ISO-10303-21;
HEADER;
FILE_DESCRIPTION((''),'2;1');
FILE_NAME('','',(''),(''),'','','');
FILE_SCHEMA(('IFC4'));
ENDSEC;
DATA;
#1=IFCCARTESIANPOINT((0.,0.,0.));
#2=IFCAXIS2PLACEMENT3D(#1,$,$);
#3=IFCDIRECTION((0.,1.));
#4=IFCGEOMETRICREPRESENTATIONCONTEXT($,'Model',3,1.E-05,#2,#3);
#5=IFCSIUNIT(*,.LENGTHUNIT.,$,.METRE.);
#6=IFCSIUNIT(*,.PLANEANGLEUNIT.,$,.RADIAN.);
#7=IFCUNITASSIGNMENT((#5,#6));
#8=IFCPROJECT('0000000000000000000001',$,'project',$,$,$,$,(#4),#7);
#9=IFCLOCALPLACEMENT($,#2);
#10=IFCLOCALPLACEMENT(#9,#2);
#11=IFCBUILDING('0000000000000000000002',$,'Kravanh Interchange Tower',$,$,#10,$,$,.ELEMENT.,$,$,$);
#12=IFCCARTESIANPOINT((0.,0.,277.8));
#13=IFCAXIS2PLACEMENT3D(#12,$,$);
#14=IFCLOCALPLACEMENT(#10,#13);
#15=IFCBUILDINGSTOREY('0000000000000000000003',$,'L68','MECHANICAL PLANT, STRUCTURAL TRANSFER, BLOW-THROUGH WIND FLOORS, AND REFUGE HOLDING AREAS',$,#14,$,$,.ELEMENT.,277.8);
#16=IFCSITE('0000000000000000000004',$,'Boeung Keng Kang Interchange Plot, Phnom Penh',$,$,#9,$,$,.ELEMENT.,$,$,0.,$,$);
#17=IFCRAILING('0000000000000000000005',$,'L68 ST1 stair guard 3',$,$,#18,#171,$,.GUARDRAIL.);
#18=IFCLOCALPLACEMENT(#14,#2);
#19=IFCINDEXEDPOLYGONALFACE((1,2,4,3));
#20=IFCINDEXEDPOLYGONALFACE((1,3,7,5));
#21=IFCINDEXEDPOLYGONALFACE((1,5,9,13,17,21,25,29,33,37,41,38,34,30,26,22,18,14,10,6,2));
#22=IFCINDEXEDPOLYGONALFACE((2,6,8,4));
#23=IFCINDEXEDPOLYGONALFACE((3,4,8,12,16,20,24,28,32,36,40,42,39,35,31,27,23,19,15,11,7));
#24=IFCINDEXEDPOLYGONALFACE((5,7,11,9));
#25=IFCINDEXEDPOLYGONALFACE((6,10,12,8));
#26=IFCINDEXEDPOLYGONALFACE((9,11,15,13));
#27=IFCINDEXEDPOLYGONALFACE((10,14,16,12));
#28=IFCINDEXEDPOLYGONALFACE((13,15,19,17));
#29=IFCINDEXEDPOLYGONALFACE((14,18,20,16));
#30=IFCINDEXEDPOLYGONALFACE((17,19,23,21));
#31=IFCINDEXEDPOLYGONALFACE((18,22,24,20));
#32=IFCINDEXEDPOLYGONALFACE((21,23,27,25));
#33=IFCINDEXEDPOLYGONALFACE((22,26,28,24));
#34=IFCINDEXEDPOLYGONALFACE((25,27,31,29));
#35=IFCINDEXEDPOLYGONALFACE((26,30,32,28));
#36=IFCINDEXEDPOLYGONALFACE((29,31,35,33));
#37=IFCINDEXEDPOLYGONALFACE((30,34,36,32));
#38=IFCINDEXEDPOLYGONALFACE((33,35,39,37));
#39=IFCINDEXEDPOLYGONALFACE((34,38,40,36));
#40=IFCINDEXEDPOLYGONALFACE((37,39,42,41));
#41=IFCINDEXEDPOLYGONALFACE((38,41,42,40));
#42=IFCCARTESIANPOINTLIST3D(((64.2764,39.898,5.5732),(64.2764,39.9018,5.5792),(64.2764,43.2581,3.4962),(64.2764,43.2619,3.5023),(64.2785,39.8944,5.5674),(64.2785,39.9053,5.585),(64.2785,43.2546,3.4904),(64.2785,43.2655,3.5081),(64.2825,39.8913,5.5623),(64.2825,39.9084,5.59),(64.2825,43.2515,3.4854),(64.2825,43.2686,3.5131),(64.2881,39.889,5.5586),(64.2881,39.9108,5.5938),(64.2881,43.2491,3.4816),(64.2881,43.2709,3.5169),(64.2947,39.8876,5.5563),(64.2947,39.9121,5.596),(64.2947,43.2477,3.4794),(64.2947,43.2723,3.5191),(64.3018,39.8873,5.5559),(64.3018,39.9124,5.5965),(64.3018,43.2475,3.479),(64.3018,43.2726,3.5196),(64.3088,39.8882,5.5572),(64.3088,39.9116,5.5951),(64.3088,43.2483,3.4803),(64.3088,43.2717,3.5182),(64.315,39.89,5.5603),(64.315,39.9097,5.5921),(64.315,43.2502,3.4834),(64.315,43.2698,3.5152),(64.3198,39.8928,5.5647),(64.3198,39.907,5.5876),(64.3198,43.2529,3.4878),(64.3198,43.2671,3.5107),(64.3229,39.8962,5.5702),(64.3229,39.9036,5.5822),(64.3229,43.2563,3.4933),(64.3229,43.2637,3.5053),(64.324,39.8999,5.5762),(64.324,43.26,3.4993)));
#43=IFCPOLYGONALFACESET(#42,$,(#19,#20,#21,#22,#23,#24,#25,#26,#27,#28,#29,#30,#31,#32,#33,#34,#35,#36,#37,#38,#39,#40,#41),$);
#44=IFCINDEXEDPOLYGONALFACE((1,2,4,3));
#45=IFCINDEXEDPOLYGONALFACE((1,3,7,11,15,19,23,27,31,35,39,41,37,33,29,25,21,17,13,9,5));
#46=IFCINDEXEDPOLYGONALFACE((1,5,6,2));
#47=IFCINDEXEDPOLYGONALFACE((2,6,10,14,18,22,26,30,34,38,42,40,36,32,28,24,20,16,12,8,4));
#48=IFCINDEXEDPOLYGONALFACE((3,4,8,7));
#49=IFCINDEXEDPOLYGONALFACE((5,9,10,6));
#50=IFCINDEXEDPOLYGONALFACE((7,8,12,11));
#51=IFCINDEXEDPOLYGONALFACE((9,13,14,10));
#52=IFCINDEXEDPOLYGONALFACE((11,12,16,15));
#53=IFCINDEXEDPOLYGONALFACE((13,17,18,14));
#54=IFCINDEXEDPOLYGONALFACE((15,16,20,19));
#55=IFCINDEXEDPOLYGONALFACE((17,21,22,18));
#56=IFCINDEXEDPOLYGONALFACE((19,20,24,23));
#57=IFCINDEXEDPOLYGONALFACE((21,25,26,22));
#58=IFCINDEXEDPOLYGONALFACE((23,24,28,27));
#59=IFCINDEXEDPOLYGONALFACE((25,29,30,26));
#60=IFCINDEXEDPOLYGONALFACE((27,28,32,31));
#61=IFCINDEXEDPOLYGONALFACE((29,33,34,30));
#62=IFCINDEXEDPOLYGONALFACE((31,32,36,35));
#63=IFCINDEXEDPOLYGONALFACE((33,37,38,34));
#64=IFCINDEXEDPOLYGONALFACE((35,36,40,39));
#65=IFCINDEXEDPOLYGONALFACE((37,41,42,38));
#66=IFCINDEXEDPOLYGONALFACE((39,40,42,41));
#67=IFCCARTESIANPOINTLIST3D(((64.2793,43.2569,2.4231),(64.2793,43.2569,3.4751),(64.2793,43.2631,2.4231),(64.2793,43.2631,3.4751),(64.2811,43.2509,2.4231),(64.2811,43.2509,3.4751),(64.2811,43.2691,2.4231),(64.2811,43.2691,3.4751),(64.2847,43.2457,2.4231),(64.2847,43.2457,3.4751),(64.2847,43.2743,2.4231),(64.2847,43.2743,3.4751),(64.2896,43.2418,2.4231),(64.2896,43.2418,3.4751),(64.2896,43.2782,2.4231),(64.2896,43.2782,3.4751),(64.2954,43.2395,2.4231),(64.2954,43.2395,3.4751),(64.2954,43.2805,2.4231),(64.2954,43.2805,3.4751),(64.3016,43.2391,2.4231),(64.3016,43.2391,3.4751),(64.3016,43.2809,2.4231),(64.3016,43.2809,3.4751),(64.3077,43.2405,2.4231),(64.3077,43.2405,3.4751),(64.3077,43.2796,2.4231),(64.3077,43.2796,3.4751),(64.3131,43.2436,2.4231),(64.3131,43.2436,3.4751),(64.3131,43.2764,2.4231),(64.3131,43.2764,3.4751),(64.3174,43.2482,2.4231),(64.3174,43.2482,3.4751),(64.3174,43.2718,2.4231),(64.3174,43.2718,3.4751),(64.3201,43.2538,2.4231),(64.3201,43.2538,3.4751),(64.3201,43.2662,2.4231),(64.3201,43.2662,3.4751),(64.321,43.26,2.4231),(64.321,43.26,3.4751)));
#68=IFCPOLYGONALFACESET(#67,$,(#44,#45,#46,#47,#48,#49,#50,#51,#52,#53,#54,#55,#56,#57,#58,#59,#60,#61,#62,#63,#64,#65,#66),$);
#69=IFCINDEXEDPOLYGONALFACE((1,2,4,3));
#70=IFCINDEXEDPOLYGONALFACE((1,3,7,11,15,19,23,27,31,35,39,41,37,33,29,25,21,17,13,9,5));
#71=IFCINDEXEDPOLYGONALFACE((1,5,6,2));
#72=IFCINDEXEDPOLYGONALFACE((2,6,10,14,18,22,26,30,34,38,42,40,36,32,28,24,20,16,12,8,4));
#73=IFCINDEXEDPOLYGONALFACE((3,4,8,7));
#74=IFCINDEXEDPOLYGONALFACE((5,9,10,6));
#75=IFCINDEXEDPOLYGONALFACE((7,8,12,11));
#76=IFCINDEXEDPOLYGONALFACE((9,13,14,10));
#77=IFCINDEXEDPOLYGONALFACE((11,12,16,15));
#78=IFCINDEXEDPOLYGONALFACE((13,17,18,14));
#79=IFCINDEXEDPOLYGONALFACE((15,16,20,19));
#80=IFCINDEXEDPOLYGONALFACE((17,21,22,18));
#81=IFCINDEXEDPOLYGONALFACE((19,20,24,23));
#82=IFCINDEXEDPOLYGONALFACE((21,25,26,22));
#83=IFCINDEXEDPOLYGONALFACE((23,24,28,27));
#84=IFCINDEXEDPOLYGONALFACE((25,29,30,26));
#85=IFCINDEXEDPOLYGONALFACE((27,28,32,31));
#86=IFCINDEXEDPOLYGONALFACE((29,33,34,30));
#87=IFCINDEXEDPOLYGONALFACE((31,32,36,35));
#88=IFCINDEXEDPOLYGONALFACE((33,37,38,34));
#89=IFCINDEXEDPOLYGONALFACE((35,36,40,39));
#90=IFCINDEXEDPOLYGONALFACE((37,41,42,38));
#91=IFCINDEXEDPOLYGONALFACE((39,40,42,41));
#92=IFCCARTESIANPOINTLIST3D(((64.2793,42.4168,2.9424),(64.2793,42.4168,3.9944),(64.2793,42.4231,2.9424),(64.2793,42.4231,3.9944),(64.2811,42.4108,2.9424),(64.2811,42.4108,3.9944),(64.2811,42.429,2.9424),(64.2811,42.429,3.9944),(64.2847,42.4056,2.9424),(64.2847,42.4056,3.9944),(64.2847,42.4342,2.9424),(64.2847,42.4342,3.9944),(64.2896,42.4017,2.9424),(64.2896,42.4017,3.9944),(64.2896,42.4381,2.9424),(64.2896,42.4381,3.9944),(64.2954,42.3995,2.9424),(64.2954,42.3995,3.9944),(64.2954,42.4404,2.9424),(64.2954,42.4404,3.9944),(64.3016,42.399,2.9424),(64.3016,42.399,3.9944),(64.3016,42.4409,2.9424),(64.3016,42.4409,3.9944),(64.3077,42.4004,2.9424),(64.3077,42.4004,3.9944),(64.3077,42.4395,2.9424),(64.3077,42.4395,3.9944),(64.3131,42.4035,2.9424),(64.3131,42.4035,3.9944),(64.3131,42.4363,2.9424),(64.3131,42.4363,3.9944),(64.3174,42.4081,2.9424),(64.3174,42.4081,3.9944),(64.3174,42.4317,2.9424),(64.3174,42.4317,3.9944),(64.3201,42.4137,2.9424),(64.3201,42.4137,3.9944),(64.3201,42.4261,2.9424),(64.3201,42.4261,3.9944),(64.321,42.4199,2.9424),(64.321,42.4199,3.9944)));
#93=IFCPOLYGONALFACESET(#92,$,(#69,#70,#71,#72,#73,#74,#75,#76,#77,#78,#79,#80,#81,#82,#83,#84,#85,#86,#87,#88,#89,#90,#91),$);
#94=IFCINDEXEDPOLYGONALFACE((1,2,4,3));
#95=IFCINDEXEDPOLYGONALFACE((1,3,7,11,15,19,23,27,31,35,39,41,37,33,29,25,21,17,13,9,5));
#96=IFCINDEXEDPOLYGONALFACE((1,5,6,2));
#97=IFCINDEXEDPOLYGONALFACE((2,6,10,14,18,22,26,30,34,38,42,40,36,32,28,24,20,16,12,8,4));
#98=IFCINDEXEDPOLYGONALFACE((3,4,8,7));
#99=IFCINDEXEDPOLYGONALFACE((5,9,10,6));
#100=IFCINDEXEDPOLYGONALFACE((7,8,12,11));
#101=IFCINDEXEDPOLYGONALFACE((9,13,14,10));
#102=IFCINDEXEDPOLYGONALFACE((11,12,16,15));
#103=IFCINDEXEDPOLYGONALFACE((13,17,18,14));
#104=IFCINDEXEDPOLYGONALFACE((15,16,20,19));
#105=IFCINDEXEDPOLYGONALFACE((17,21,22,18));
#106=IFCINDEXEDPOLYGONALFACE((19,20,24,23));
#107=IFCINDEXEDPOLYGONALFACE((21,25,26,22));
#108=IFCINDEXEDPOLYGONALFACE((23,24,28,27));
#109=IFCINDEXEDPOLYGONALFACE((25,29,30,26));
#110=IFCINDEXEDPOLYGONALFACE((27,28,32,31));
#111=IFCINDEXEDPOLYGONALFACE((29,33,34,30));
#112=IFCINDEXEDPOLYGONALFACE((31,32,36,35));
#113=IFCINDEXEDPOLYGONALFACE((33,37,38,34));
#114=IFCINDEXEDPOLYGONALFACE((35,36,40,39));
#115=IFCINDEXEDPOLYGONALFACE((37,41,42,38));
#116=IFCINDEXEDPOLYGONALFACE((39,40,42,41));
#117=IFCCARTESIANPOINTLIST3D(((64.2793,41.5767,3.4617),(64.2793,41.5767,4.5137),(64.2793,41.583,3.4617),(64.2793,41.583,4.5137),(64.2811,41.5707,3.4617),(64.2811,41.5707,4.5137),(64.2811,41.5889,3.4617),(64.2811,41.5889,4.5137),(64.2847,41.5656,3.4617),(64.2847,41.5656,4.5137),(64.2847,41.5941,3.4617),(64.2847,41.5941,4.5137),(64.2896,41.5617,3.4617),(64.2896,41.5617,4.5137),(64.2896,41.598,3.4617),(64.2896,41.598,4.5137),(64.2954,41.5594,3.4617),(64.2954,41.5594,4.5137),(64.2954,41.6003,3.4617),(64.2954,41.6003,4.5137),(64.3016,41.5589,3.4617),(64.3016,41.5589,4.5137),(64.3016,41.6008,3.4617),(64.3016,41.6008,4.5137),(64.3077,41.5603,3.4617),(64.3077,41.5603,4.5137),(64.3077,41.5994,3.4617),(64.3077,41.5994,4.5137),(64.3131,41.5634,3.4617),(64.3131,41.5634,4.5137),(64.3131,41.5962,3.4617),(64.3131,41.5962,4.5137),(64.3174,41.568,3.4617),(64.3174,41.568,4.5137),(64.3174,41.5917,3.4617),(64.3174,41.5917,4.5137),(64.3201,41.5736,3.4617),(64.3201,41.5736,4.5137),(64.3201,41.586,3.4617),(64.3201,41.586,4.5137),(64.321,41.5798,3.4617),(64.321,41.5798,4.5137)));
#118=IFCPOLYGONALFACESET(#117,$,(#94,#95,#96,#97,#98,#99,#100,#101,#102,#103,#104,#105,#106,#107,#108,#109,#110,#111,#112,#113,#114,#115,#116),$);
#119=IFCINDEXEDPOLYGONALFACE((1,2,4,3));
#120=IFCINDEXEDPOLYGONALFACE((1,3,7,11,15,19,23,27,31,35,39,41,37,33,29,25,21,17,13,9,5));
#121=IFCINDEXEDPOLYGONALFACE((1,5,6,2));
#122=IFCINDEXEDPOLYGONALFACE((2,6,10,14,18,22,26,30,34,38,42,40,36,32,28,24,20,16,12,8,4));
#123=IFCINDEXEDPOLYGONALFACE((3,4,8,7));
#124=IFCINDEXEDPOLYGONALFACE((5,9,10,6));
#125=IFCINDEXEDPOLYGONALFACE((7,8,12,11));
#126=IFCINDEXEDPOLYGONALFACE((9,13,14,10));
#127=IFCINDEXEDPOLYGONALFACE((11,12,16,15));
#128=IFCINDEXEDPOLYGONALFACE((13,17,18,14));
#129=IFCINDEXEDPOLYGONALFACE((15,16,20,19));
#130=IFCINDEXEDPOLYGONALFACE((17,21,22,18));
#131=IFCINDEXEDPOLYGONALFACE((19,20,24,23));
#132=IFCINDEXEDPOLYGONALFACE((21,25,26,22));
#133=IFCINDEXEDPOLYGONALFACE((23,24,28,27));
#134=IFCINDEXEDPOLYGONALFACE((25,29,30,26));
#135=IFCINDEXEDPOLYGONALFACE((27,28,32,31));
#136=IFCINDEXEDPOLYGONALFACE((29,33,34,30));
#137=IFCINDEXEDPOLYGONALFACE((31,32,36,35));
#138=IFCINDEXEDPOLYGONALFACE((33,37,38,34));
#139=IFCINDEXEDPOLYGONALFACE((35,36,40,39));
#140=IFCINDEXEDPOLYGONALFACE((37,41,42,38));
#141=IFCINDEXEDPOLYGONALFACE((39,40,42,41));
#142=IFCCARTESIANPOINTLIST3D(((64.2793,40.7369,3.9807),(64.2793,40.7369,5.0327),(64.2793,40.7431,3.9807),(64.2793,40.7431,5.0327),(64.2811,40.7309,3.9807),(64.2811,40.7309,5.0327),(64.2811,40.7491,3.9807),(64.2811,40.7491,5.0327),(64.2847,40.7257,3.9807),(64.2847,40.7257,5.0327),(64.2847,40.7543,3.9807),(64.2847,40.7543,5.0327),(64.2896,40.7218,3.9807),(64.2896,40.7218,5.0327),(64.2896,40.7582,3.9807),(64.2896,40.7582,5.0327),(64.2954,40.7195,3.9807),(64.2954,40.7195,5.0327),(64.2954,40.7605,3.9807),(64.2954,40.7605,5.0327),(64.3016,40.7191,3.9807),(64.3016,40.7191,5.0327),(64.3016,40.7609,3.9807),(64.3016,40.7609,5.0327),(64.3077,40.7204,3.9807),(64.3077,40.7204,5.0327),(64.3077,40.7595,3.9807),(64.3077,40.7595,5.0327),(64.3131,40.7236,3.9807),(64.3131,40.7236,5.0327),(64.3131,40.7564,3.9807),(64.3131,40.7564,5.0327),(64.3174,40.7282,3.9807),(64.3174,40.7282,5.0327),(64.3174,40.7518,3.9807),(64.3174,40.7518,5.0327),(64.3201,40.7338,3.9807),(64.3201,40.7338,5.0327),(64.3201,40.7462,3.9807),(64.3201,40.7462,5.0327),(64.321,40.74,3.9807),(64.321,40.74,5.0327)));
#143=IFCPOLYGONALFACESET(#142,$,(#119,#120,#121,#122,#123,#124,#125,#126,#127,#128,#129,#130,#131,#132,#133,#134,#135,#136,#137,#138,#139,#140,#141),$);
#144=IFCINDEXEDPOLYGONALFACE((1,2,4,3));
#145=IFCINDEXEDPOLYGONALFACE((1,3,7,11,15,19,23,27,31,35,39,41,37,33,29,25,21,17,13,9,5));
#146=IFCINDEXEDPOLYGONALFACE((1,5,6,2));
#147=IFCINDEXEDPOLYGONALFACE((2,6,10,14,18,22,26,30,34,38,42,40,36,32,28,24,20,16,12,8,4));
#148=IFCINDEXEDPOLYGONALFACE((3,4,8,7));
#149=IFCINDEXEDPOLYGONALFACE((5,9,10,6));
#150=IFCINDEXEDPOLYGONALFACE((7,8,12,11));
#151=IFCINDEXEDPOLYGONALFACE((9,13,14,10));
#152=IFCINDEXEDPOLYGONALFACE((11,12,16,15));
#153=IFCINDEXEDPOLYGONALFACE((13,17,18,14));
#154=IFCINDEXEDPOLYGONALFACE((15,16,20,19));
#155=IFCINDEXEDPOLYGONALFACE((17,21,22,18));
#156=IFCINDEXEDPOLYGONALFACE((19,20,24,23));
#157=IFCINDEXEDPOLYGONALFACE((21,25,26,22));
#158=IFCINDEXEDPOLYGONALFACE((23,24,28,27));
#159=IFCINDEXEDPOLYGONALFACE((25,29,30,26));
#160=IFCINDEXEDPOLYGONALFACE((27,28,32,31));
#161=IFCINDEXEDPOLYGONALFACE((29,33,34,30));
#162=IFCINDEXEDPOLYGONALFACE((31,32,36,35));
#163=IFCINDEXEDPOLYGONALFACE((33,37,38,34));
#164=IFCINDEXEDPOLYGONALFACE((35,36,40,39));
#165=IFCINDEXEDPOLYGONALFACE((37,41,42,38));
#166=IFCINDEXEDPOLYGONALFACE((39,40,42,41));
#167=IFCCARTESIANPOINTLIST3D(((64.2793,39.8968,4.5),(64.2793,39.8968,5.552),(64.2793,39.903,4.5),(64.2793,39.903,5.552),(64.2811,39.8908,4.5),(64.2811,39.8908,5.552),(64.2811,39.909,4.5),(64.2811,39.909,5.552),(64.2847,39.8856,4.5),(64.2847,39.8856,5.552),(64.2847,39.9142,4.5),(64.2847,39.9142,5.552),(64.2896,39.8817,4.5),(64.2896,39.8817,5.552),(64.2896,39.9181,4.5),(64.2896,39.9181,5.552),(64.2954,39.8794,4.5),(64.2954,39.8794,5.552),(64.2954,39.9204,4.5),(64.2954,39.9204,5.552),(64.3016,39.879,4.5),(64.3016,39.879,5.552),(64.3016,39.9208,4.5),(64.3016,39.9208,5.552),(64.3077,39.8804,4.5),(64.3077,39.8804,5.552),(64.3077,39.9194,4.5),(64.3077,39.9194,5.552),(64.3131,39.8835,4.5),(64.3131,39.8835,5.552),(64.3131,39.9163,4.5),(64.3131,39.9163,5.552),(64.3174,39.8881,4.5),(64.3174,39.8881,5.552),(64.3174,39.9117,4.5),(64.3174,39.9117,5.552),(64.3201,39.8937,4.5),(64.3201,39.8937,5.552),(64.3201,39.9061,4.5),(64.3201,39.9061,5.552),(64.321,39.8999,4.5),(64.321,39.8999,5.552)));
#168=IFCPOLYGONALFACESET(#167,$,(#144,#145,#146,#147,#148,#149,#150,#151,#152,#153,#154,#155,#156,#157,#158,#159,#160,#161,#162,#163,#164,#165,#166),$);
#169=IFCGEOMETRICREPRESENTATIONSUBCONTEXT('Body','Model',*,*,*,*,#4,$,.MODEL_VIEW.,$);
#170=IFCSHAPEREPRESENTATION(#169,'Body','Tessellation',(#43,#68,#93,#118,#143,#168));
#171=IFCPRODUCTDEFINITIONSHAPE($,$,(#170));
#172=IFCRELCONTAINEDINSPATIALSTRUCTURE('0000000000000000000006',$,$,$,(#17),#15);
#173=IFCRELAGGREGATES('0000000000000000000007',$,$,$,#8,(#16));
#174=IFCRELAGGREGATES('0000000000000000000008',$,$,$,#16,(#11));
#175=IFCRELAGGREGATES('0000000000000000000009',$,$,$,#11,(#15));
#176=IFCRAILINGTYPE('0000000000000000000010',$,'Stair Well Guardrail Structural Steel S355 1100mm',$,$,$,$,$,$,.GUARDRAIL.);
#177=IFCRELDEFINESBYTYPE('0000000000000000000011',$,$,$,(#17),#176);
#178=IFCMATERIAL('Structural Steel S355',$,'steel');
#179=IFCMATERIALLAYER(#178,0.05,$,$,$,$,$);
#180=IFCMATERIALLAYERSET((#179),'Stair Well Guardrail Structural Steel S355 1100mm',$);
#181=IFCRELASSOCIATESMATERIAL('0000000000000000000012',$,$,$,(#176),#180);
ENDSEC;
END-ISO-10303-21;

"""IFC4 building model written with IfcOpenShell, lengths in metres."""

from ifc_helpers import new_model, si_unit, direction, frame, origin, origin_2d, place, context, subcontext, project, spatial, circle, extrude, material, layer, layer_set, type_object, element, save


model = new_model("IFC4")

# Units and contexts
model_context = context("Model", 3, precision=1e-05, world=origin(), true_north=direction((0.0, 1.0)))
body_context = subcontext(model_context, "Body", "Model", "MODEL_VIEW")
ifc_project = project(units=[si_unit("LENGTHUNIT", "METRE"), si_unit("PLANEANGLEUNIT", "RADIAN")], contexts=[model_context])

# Site, building, storey
site_placement = place(None, origin())
site = spatial("IfcSite", under=ifc_project, at=site_placement, Name="Boeung Keng Kang Interchange Plot, Phnom Penh", CompositionType="ELEMENT", RefElevation=0.0)
building_placement = place(site_placement, origin())
building = spatial("IfcBuilding", under=site, at=building_placement, Name="Kravanh Interchange Tower", CompositionType="ELEMENT")
storey_placement = place(building_placement, frame((0.0, 0.0, 277.8)))
storey = spatial("IfcBuildingStorey", under=building, at=storey_placement, Name="L68", Description="MECHANICAL PLANT, STRUCTURAL TRANSFER, BLOW-THROUGH WIND FLOORS, AND REFUGE HOLDING AREAS", CompositionType="ELEMENT", Elevation=277.8)

# Railing
ifc_material_1 = material(Name="Structural Steel S355", Category="steel")
ifc_layer_1 = layer(ifc_material_1, 0.05)
ifc_layer_set_1 = layer_set([ifc_layer_1], Name="Stair Well Guardrail Structural Steel S355 1100mm")
railing_type_1 = type_object("IfcRailingType", Name="Stair Well Guardrail Structural Steel S355 1100mm", PredefinedType="GUARDRAIL", material=ifc_layer_set_1)
railing_1_placement = place(storey_placement, frame((64.3, 43.26, 2.4231)))
element("IfcRailing", 1, at=railing_1_placement, inside=storey, type_object=railing_type_1, Name="L68 ST1 stair guard 3", PredefinedType="GUARDRAIL", context=body_context, shape_type="SweptSolid", body=[
    extrude(circle(Radius=0.0239, at=origin_2d()), frame((0.0, 0.0, 1.0762), z_axis=(0.0, -0.850623, 0.525776), x_axis=(1.0, 0.0, 0.0)), (0.0, 0.0, 1.0), 3.9502),
    extrude(circle(Radius=0.021, at=origin_2d()), origin(), (0.0, 0.0, 1.0), 1.052),
    extrude(circle(Radius=0.021, at=origin_2d()), frame((0.0, -0.8401, 0.5193)), (0.0, 0.0, 1.0), 1.052),
    extrude(circle(Radius=0.021, at=origin_2d()), frame((0.0, -1.6802, 1.0386)), (0.0, 0.0, 1.0), 1.052),
    extrude(circle(Radius=0.021, at=origin_2d()), frame((0.0, -2.52, 1.5576)), (0.0, 0.0, 1.0), 1.052),
    extrude(circle(Radius=0.021, at=origin_2d()), frame((0.0, -3.3601, 2.0769)), (0.0, 0.0, 1.0), 1.052),
])

save(model, "model.ifc")
